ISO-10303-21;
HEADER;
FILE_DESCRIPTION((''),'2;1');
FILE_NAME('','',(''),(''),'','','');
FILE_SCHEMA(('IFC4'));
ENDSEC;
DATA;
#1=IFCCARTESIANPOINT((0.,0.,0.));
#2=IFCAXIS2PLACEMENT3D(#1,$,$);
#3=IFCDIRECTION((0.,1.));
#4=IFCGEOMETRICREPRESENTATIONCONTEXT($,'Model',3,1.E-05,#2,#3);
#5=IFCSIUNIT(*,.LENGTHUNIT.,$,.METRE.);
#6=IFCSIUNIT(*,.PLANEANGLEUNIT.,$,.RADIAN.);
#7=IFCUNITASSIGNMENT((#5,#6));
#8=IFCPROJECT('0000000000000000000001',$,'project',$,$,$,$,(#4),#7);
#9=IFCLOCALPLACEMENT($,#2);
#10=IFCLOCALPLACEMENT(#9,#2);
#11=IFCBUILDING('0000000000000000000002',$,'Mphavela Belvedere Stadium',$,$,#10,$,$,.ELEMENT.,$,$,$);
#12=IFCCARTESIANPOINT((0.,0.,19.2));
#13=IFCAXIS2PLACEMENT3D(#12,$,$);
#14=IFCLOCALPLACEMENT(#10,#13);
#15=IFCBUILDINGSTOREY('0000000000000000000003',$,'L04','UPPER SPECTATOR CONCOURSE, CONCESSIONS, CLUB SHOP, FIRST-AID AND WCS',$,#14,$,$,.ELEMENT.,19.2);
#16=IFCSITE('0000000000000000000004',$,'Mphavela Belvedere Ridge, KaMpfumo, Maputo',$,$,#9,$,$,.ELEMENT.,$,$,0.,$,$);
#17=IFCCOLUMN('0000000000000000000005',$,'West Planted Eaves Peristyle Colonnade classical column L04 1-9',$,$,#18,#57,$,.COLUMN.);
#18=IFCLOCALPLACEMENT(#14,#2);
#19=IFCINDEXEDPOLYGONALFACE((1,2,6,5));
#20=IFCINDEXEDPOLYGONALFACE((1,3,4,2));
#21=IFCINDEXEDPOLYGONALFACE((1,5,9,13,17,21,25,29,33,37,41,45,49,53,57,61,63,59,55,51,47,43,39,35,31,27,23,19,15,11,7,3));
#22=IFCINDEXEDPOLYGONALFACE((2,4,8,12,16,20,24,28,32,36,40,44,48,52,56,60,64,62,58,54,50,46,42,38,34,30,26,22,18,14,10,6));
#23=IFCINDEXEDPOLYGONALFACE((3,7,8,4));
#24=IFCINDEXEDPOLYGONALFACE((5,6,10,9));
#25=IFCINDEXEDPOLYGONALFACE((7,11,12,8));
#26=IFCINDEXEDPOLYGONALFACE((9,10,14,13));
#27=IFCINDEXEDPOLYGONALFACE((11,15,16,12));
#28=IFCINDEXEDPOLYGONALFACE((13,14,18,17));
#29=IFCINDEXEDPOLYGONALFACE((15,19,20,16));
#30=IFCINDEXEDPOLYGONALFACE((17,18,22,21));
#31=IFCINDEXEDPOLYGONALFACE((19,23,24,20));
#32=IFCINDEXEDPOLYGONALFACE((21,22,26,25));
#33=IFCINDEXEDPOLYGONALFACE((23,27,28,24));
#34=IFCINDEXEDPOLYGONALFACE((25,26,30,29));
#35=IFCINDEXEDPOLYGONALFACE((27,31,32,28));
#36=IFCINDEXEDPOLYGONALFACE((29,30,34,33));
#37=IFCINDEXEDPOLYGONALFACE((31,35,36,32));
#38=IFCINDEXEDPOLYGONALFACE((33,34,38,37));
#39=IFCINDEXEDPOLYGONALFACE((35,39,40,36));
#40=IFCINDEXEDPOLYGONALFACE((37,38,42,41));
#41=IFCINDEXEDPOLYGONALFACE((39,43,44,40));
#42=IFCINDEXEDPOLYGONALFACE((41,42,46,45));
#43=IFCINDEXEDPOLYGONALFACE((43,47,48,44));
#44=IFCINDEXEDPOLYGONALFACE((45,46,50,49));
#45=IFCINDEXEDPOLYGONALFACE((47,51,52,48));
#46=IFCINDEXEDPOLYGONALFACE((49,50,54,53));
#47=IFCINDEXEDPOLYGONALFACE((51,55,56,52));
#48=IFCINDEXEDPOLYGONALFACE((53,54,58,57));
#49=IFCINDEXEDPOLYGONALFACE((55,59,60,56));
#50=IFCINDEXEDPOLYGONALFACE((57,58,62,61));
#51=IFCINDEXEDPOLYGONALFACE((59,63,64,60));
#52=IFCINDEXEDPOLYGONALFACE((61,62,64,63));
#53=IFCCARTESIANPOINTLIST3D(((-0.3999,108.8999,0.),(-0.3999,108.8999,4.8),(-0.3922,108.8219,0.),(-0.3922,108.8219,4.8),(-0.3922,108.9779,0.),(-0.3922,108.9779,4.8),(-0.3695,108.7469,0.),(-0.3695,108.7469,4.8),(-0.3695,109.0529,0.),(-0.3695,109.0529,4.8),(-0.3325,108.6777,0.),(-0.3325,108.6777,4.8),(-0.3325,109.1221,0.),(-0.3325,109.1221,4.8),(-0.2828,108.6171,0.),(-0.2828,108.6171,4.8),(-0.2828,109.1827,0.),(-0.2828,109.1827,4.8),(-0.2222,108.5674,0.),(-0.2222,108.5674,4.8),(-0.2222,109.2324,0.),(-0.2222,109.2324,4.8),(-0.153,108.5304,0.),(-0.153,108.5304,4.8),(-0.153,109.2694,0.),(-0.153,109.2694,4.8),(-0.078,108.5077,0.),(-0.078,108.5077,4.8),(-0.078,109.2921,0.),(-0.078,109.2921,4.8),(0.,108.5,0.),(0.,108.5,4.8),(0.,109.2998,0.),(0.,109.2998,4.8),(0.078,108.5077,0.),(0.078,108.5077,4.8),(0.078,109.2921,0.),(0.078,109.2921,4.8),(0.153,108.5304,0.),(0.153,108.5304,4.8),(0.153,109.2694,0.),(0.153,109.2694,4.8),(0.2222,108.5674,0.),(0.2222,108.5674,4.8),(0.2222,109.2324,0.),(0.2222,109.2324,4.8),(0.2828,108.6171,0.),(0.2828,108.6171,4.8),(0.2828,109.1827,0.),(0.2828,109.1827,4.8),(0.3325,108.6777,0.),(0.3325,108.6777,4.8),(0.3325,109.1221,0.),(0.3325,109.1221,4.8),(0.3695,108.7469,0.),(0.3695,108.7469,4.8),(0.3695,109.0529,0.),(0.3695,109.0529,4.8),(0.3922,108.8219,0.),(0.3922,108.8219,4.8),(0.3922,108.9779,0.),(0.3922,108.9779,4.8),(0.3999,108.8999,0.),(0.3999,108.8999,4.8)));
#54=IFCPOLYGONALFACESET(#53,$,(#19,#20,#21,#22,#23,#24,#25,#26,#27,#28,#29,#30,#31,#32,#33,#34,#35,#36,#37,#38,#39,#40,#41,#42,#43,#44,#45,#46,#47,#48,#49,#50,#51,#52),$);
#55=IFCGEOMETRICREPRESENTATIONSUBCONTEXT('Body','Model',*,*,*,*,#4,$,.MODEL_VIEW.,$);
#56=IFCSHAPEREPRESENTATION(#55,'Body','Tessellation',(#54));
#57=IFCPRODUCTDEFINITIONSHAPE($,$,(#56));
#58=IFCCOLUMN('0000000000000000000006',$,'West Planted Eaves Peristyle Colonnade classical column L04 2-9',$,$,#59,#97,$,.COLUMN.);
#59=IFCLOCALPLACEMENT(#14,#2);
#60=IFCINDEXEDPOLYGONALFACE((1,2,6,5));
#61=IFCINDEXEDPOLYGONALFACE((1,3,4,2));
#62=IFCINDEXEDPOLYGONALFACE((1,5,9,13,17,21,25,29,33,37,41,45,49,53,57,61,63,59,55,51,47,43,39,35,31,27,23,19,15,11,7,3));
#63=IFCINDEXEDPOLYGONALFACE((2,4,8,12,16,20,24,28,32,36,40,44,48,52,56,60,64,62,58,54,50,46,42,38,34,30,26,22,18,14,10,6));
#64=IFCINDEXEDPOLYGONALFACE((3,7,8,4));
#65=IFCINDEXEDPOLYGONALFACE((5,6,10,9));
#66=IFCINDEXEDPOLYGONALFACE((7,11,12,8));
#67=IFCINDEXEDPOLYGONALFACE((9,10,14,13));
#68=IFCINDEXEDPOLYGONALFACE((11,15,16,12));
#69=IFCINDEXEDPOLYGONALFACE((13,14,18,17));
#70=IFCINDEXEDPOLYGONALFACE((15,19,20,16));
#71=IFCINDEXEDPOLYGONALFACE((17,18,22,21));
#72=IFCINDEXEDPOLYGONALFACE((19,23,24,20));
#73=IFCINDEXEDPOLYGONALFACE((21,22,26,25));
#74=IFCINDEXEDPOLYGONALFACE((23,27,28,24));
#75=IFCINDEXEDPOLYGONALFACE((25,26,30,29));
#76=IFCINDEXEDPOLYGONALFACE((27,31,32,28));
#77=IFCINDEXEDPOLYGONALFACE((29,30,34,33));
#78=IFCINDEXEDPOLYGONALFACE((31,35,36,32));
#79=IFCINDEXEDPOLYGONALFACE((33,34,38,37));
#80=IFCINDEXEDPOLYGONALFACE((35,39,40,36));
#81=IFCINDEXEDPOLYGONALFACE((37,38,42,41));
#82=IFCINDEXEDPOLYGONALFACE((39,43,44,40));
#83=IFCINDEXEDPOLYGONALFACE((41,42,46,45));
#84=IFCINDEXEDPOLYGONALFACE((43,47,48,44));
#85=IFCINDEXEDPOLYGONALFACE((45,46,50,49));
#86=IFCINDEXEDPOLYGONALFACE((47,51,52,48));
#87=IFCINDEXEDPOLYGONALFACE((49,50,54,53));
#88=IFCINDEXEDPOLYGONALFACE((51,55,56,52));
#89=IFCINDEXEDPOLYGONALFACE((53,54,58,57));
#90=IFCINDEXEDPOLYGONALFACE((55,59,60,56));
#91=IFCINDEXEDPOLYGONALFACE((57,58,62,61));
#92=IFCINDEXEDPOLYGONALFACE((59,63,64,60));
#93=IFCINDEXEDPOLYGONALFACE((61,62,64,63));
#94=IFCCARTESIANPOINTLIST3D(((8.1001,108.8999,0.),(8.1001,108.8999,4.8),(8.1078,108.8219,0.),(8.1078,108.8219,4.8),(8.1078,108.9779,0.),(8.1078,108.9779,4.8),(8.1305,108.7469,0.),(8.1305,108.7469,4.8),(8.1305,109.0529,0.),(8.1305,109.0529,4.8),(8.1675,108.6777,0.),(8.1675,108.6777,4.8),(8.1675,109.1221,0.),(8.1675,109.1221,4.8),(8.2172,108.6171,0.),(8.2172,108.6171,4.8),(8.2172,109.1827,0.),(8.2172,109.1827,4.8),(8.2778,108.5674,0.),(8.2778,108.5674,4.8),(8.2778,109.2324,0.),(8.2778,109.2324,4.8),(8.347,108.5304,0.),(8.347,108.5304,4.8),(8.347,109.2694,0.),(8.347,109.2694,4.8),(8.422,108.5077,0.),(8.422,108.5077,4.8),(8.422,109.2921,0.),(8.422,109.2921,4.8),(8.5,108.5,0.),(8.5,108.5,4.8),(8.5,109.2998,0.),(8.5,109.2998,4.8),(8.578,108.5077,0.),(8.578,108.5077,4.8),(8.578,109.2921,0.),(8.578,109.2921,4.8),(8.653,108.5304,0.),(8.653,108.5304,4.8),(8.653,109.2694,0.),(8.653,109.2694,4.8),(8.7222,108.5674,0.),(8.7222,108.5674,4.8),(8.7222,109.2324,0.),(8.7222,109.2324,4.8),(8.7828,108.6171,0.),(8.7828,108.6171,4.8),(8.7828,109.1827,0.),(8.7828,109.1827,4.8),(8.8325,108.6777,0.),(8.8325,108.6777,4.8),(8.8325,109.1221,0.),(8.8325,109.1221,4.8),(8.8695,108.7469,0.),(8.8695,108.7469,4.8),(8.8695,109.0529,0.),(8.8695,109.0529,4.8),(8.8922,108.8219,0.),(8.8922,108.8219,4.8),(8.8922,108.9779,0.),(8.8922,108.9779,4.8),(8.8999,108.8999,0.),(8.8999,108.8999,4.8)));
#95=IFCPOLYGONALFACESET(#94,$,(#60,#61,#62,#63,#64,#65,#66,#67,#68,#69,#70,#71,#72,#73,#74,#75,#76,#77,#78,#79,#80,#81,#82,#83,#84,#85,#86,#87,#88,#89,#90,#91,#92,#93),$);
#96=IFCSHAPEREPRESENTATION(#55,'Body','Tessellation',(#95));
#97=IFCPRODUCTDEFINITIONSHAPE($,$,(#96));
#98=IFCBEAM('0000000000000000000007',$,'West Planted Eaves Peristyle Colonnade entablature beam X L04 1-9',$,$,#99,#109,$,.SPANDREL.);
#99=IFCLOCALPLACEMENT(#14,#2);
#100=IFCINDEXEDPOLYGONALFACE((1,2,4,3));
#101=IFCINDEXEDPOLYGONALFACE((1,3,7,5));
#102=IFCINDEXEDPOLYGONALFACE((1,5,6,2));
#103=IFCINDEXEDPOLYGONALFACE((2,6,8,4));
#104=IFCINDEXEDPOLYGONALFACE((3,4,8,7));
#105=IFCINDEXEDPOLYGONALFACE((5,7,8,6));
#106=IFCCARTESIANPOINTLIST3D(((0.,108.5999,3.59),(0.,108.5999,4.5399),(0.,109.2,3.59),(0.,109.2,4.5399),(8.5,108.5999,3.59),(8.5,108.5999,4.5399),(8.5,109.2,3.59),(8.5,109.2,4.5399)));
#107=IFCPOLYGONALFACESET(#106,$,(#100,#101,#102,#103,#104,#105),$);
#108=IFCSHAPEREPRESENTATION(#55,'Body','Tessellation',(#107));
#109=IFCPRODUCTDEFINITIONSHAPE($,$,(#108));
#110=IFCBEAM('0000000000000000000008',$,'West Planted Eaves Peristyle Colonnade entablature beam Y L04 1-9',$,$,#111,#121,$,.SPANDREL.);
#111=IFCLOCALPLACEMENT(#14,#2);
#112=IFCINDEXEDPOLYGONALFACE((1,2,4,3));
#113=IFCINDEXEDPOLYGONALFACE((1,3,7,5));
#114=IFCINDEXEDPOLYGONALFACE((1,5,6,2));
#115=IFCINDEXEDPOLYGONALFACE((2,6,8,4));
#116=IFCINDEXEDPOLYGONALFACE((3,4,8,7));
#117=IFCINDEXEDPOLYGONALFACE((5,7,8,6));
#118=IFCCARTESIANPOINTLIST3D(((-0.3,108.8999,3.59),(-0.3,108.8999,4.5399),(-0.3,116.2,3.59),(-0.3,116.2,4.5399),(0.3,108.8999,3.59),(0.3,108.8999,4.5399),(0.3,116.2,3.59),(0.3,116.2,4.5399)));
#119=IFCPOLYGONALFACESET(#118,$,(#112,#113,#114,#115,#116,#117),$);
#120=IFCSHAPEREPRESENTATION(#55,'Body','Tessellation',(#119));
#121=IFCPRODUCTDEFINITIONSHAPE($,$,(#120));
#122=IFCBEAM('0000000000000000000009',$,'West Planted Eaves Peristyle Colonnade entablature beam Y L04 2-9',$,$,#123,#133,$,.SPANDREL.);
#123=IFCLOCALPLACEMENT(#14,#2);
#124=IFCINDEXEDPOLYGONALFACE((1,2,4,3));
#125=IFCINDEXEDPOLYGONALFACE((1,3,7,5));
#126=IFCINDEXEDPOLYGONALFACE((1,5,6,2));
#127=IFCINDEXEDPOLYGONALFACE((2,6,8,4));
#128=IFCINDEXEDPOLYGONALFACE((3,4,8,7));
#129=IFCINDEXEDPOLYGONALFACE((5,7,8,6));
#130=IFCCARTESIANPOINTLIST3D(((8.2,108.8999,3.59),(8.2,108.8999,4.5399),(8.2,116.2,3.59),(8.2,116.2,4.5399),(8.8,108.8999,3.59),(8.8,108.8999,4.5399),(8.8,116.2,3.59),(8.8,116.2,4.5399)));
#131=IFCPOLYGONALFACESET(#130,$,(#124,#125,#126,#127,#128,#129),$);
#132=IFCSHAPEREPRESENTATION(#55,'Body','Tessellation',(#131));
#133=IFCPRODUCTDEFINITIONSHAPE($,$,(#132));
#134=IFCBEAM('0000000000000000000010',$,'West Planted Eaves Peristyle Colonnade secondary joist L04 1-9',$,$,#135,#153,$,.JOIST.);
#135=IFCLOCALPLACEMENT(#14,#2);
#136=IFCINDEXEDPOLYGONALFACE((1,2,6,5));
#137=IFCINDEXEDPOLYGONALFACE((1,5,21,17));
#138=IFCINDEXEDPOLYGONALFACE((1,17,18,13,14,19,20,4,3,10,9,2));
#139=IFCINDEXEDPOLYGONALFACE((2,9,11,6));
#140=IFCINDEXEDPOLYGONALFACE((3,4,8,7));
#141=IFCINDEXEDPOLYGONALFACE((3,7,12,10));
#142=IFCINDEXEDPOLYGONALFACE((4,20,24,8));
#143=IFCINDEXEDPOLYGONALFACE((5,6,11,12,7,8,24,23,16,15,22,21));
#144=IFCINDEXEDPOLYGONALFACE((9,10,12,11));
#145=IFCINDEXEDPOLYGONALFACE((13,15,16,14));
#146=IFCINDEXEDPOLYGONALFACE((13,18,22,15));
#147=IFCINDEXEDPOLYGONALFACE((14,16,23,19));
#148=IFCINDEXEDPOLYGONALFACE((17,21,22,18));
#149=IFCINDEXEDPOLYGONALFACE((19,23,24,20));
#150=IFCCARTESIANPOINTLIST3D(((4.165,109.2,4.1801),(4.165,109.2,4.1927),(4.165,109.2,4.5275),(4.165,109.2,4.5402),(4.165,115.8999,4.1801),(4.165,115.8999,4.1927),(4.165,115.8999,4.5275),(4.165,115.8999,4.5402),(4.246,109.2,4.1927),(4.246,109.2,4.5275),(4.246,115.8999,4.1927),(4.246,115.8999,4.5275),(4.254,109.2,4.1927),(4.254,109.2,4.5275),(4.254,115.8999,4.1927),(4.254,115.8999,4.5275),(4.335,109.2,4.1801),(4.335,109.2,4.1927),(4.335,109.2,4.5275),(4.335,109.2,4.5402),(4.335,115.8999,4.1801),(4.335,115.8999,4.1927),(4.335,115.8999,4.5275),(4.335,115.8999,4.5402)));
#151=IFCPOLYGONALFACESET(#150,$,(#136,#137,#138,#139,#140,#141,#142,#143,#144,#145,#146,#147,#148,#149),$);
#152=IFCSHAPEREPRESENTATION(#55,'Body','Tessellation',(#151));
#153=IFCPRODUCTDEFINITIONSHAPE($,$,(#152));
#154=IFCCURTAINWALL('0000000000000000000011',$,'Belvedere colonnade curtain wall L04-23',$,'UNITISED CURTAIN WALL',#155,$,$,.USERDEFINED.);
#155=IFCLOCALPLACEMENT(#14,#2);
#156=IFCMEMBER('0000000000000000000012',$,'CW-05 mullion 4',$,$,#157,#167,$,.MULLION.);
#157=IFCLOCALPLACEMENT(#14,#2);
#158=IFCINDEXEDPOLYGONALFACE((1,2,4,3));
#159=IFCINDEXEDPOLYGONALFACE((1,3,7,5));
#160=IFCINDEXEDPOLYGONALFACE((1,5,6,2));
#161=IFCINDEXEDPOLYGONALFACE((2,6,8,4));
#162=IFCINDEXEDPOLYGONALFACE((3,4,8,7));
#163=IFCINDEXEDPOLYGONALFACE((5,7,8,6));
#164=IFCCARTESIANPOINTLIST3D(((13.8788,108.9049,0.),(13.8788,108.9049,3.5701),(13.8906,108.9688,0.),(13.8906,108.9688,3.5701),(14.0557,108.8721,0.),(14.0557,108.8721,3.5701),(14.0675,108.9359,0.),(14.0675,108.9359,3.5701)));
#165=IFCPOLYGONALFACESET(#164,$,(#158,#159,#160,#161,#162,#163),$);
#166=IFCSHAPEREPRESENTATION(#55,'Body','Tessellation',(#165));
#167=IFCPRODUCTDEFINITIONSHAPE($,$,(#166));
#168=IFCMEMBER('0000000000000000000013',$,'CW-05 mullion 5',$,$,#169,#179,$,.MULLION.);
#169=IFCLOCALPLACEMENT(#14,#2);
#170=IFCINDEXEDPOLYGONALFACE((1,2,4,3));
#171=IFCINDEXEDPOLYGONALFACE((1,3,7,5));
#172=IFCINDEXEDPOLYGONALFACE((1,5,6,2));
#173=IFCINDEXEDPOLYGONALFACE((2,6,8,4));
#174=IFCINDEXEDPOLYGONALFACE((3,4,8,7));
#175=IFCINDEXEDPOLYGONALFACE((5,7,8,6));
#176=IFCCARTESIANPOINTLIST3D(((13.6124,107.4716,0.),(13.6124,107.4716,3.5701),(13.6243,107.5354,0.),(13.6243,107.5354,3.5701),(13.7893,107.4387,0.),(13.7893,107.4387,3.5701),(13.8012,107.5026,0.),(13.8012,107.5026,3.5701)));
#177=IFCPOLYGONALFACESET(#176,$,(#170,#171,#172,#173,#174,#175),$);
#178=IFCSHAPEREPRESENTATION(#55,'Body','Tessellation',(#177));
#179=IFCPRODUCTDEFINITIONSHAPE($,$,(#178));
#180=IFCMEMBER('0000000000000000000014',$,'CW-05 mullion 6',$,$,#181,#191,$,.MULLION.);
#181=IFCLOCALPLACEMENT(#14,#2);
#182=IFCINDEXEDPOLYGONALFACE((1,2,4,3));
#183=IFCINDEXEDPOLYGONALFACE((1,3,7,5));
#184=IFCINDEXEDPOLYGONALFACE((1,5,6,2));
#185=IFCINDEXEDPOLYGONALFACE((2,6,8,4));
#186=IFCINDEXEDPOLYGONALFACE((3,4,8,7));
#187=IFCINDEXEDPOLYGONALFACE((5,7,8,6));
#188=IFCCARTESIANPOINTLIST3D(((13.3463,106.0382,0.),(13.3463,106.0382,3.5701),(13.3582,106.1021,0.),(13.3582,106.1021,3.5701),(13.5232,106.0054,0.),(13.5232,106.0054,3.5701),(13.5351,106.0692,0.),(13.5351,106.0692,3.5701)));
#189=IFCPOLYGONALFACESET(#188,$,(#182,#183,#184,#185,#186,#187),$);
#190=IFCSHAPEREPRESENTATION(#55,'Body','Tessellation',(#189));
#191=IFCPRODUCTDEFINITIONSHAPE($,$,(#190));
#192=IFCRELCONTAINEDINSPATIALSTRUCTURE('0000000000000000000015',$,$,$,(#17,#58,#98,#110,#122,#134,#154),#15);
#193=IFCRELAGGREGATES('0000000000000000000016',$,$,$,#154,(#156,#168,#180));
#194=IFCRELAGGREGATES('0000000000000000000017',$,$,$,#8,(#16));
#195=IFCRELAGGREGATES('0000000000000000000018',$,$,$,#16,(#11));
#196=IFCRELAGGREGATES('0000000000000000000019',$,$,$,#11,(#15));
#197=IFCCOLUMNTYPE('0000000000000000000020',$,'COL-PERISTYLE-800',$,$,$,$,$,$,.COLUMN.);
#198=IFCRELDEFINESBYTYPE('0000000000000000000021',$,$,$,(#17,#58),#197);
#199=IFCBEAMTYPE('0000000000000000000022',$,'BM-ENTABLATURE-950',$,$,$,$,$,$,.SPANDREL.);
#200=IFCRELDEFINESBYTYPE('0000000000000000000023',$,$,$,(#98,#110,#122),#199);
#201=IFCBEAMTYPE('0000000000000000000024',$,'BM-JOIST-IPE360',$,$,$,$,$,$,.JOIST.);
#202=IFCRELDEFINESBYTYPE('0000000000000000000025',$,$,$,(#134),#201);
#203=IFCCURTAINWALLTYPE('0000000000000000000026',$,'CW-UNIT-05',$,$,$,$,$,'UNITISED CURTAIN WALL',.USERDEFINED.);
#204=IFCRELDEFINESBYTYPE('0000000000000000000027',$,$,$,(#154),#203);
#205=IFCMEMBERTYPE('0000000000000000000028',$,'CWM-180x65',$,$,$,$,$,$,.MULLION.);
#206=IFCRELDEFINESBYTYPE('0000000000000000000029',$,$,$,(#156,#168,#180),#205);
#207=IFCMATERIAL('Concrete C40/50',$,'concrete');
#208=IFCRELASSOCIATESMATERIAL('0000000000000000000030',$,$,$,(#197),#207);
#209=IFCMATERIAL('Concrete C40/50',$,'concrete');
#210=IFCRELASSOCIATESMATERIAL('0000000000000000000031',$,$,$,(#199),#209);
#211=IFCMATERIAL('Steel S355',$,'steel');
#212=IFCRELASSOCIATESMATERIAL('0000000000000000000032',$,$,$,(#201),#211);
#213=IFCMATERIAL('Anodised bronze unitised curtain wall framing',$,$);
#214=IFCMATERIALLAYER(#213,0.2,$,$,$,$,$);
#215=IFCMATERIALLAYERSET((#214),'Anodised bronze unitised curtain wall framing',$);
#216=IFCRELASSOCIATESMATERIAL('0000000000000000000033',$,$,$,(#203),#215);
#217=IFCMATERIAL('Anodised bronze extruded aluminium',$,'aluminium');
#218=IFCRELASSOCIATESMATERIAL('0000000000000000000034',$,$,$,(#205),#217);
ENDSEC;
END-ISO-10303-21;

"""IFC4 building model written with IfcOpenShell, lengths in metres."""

from ifc_helpers import new_model, si_unit, direction, frame, origin, origin_2d, place, context, subcontext, project, spatial, rectangle, circle, i_section, extrude, material, layer, layer_set, material_profile, profile_set, type_object, element, aggregate, save


model = new_model("IFC4")

# Units and contexts
model_context = context("Model", 3, precision=1e-05, world=origin(), true_north=direction((0.0, 1.0)))
body_context = subcontext(model_context, "Body", "Model", "MODEL_VIEW")
ifc_project = project(units=[si_unit("LENGTHUNIT", "METRE"), si_unit("PLANEANGLEUNIT", "RADIAN")], contexts=[model_context])

# Site, building, storey
site_placement = place(None, origin())
site = spatial("IfcSite", under=ifc_project, at=site_placement, Name="Mphavela Belvedere Ridge, KaMpfumo, Maputo", CompositionType="ELEMENT", RefElevation=0.0)
building_placement = place(site_placement, origin())
building = spatial("IfcBuilding", under=site, at=building_placement, Name="Mphavela Belvedere Stadium", CompositionType="ELEMENT")
storey_placement = place(building_placement, frame((0.0, 0.0, 19.2)))
storey = spatial("IfcBuildingStorey", under=building, at=storey_placement, Name="L04", Description="UPPER SPECTATOR CONCOURSE, CONCESSIONS, CLUB SHOP, FIRST-AID AND WCS", CompositionType="ELEMENT", Elevation=19.2)

# Columns
ifc_material_1 = material(Name="Concrete C40/50", Category="concrete")
ifc_material_profile_1 = material_profile(ifc_material_1, circle(Radius=0.3999, at=origin_2d()), Name="COL D800")
ifc_profile_set_1 = profile_set([ifc_material_profile_1], Name="Concrete C40/50")
column_type = type_object("IfcColumnType", Name="COL-PERISTYLE-800", PredefinedType="COLUMN", material=ifc_profile_set_1)
for number, where, z_axis, x_axis, name in (
    (1, (0.0, 108.8999, 0.0), (0.0, 0.0, 1.0), (1.0, 0.0, 0.0), "West Planted Eaves Peristyle Colonnade classical column L04 1-9"),
    (2, (8.5, 108.8999, 0.0), (0.0, 0.0, 1.0), (1.0, 0.0, 0.0), "West Planted Eaves Peristyle Colonnade classical column L04 2-9"),
):
    element("IfcColumn", number, at=place(storey_placement, frame(where, z_axis=z_axis, x_axis=x_axis)), inside=storey, type_object=column_type, Name=name, PredefinedType="COLUMN", context=body_context, shape_type="SweptSolid", body=[
        extrude(circle(Radius=0.3999, at=origin_2d()), origin(), (0.0, 0.0, 1.0), 4.8),
    ])

# Beams
ifc_material_2 = material(Name="Concrete C40/50", Category="concrete")
ifc_material_profile_2 = material_profile(ifc_material_2, rectangle(XDim=0.6001, YDim=0.95, at=origin_2d()), Name="RC 600x950")
ifc_profile_set_2 = profile_set([ifc_material_profile_2], Name="Concrete C40/50")
beam_type_1 = type_object("IfcBeamType", Name="BM-ENTABLATURE-950", PredefinedType="SPANDREL", material=ifc_profile_set_2)
beam_1_placement = place(storey_placement, frame((0.0, 108.8999, 4.0649), z_axis=(1.0, 0.0, 0.0), x_axis=(0.0, 1.0, 0.0)))
element("IfcBeam", 3, at=beam_1_placement, inside=storey, type_object=beam_type_1, Name="West Planted Eaves Peristyle Colonnade entablature beam X L04 1-9", PredefinedType="SPANDREL", context=body_context, shape_type="SweptSolid", body=[
    extrude(rectangle(XDim=0.6001, YDim=0.95, at=origin_2d()), origin(), (0.0, 0.0, 1.0), 8.5),
])
for number, where, z_axis, x_axis, name in (
    (4, (0.0, 108.8999, 4.0649), (0.0, 1.0, 0.0), (-1.0, 0.0, 0.0), "West Planted Eaves Peristyle Colonnade entablature beam Y L04 1-9"),
    (5, (8.5, 108.8999, 4.0649), (0.0, 1.0, 0.0), (-1.0, 0.0, 0.0), "West Planted Eaves Peristyle Colonnade entablature beam Y L04 2-9"),
):
    element("IfcBeam", number, at=place(storey_placement, frame(where, z_axis=z_axis, x_axis=x_axis)), inside=storey, type_object=beam_type_1, Name=name, PredefinedType="SPANDREL", context=body_context, shape_type="SweptSolid", body=[
        extrude(rectangle(XDim=0.6001, YDim=0.95, at=origin_2d()), origin(), (0.0, 0.0, 1.0), 7.3),
    ])
ifc_material_3 = material(Name="Steel S355", Category="steel")
ifc_material_profile_3 = material_profile(ifc_material_3, i_section(OverallWidth=0.1699, OverallDepth=0.3601, WebThickness=0.0081, FlangeThickness=0.0127, at=origin_2d()), Name="IPE 360")
ifc_profile_set_3 = profile_set([ifc_material_profile_3], Name="Steel S355")
beam_type_2 = type_object("IfcBeamType", Name="BM-JOIST-IPE360", PredefinedType="JOIST", material=ifc_profile_set_3)
beam_2_placement = place(storey_placement, frame((4.25, 109.2, 4.3601), z_axis=(0.0, 1.0, 0.0), x_axis=(-1.0, 0.0, 0.0)))
element("IfcBeam", 6, at=beam_2_placement, inside=storey, type_object=beam_type_2, Name="West Planted Eaves Peristyle Colonnade secondary joist L04 1-9", PredefinedType="JOIST", context=body_context, shape_type="SweptSolid", body=[
    extrude(i_section(OverallWidth=0.1699, OverallDepth=0.3601, WebThickness=0.0081, FlangeThickness=0.0127, at=origin_2d()), origin(), (0.0, 0.0, 1.0), 6.7),
])

# Curtain wall, members
ifc_material_4 = material(Name="Anodised bronze unitised curtain wall framing")
ifc_layer_1 = layer(ifc_material_4, 0.2)
ifc_layer_set_1 = layer_set([ifc_layer_1], Name="Anodised bronze unitised curtain wall framing")
curtain_wall_type = type_object("IfcCurtainWallType", Name="CW-UNIT-05", ElementType="UNITISED CURTAIN WALL", PredefinedType="USERDEFINED", material=ifc_layer_set_1)
curtain_wall_placement = place(storey_placement, origin())
curtain_wall = element("IfcCurtainWall", 7, at=curtain_wall_placement, inside=storey, type_object=curtain_wall_type, Name="Belvedere colonnade curtain wall L04-23", ObjectType="UNITISED CURTAIN WALL", PredefinedType="USERDEFINED")
ifc_material_5 = material(Name="Anodised bronze extruded aluminium", Category="aluminium")
ifc_material_profile_4 = material_profile(ifc_material_5, rectangle(XDim=0.1799, YDim=0.0649, at=origin_2d()), Name="CW-MUL 180x65")
ifc_profile_set_4 = profile_set([ifc_material_profile_4], Name="Anodised bronze extruded aluminium")
member_type_1 = type_object("IfcMemberType", Name="CWM-180x65", PredefinedType="MULLION", material=ifc_profile_set_4)
member_1_placement = place(storey_placement, frame((13.9731, 108.9204, 0.0), z_axis=(0.0, 0.0, 1.0), x_axis=(0.983184, -0.182618, 0.0)))
member_1 = element("IfcMember", 8, at=member_1_placement, type_object=member_type_1, Name="CW-05 mullion 4", PredefinedType="MULLION", context=body_context, shape_type="SweptSolid", body=[
    extrude(rectangle(XDim=0.1799, YDim=0.0649, at=origin_2d()), origin(), (0.0, 0.0, 1.0), 3.5701),
])
member_2_placement = place(storey_placement, frame((13.7068, 107.4871, 0.0), z_axis=(0.0, 0.0, 1.0), x_axis=(0.983184, -0.182618, 0.0)))
member_2 = element("IfcMember", 9, at=member_2_placement, type_object=member_type_1, Name="CW-05 mullion 5", PredefinedType="MULLION", context=body_context, shape_type="SweptSolid", body=[
    extrude(rectangle(XDim=0.1799, YDim=0.0649, at=origin_2d()), origin(), (0.0, 0.0, 1.0), 3.5701),
])
member_3_placement = place(storey_placement, frame((13.4407, 106.0537, 0.0), z_axis=(0.0, 0.0, 1.0), x_axis=(0.983184, -0.182618, 0.0)))
member_3 = element("IfcMember", 10, at=member_3_placement, type_object=member_type_1, Name="CW-05 mullion 6", PredefinedType="MULLION", context=body_context, shape_type="SweptSolid", body=[
    extrude(rectangle(XDim=0.1799, YDim=0.0649, at=origin_2d()), origin(), (0.0, 0.0, 1.0), 3.5701),
])
aggregate(curtain_wall, [member_1, member_2, member_3])

save(model, "model.ifc")
